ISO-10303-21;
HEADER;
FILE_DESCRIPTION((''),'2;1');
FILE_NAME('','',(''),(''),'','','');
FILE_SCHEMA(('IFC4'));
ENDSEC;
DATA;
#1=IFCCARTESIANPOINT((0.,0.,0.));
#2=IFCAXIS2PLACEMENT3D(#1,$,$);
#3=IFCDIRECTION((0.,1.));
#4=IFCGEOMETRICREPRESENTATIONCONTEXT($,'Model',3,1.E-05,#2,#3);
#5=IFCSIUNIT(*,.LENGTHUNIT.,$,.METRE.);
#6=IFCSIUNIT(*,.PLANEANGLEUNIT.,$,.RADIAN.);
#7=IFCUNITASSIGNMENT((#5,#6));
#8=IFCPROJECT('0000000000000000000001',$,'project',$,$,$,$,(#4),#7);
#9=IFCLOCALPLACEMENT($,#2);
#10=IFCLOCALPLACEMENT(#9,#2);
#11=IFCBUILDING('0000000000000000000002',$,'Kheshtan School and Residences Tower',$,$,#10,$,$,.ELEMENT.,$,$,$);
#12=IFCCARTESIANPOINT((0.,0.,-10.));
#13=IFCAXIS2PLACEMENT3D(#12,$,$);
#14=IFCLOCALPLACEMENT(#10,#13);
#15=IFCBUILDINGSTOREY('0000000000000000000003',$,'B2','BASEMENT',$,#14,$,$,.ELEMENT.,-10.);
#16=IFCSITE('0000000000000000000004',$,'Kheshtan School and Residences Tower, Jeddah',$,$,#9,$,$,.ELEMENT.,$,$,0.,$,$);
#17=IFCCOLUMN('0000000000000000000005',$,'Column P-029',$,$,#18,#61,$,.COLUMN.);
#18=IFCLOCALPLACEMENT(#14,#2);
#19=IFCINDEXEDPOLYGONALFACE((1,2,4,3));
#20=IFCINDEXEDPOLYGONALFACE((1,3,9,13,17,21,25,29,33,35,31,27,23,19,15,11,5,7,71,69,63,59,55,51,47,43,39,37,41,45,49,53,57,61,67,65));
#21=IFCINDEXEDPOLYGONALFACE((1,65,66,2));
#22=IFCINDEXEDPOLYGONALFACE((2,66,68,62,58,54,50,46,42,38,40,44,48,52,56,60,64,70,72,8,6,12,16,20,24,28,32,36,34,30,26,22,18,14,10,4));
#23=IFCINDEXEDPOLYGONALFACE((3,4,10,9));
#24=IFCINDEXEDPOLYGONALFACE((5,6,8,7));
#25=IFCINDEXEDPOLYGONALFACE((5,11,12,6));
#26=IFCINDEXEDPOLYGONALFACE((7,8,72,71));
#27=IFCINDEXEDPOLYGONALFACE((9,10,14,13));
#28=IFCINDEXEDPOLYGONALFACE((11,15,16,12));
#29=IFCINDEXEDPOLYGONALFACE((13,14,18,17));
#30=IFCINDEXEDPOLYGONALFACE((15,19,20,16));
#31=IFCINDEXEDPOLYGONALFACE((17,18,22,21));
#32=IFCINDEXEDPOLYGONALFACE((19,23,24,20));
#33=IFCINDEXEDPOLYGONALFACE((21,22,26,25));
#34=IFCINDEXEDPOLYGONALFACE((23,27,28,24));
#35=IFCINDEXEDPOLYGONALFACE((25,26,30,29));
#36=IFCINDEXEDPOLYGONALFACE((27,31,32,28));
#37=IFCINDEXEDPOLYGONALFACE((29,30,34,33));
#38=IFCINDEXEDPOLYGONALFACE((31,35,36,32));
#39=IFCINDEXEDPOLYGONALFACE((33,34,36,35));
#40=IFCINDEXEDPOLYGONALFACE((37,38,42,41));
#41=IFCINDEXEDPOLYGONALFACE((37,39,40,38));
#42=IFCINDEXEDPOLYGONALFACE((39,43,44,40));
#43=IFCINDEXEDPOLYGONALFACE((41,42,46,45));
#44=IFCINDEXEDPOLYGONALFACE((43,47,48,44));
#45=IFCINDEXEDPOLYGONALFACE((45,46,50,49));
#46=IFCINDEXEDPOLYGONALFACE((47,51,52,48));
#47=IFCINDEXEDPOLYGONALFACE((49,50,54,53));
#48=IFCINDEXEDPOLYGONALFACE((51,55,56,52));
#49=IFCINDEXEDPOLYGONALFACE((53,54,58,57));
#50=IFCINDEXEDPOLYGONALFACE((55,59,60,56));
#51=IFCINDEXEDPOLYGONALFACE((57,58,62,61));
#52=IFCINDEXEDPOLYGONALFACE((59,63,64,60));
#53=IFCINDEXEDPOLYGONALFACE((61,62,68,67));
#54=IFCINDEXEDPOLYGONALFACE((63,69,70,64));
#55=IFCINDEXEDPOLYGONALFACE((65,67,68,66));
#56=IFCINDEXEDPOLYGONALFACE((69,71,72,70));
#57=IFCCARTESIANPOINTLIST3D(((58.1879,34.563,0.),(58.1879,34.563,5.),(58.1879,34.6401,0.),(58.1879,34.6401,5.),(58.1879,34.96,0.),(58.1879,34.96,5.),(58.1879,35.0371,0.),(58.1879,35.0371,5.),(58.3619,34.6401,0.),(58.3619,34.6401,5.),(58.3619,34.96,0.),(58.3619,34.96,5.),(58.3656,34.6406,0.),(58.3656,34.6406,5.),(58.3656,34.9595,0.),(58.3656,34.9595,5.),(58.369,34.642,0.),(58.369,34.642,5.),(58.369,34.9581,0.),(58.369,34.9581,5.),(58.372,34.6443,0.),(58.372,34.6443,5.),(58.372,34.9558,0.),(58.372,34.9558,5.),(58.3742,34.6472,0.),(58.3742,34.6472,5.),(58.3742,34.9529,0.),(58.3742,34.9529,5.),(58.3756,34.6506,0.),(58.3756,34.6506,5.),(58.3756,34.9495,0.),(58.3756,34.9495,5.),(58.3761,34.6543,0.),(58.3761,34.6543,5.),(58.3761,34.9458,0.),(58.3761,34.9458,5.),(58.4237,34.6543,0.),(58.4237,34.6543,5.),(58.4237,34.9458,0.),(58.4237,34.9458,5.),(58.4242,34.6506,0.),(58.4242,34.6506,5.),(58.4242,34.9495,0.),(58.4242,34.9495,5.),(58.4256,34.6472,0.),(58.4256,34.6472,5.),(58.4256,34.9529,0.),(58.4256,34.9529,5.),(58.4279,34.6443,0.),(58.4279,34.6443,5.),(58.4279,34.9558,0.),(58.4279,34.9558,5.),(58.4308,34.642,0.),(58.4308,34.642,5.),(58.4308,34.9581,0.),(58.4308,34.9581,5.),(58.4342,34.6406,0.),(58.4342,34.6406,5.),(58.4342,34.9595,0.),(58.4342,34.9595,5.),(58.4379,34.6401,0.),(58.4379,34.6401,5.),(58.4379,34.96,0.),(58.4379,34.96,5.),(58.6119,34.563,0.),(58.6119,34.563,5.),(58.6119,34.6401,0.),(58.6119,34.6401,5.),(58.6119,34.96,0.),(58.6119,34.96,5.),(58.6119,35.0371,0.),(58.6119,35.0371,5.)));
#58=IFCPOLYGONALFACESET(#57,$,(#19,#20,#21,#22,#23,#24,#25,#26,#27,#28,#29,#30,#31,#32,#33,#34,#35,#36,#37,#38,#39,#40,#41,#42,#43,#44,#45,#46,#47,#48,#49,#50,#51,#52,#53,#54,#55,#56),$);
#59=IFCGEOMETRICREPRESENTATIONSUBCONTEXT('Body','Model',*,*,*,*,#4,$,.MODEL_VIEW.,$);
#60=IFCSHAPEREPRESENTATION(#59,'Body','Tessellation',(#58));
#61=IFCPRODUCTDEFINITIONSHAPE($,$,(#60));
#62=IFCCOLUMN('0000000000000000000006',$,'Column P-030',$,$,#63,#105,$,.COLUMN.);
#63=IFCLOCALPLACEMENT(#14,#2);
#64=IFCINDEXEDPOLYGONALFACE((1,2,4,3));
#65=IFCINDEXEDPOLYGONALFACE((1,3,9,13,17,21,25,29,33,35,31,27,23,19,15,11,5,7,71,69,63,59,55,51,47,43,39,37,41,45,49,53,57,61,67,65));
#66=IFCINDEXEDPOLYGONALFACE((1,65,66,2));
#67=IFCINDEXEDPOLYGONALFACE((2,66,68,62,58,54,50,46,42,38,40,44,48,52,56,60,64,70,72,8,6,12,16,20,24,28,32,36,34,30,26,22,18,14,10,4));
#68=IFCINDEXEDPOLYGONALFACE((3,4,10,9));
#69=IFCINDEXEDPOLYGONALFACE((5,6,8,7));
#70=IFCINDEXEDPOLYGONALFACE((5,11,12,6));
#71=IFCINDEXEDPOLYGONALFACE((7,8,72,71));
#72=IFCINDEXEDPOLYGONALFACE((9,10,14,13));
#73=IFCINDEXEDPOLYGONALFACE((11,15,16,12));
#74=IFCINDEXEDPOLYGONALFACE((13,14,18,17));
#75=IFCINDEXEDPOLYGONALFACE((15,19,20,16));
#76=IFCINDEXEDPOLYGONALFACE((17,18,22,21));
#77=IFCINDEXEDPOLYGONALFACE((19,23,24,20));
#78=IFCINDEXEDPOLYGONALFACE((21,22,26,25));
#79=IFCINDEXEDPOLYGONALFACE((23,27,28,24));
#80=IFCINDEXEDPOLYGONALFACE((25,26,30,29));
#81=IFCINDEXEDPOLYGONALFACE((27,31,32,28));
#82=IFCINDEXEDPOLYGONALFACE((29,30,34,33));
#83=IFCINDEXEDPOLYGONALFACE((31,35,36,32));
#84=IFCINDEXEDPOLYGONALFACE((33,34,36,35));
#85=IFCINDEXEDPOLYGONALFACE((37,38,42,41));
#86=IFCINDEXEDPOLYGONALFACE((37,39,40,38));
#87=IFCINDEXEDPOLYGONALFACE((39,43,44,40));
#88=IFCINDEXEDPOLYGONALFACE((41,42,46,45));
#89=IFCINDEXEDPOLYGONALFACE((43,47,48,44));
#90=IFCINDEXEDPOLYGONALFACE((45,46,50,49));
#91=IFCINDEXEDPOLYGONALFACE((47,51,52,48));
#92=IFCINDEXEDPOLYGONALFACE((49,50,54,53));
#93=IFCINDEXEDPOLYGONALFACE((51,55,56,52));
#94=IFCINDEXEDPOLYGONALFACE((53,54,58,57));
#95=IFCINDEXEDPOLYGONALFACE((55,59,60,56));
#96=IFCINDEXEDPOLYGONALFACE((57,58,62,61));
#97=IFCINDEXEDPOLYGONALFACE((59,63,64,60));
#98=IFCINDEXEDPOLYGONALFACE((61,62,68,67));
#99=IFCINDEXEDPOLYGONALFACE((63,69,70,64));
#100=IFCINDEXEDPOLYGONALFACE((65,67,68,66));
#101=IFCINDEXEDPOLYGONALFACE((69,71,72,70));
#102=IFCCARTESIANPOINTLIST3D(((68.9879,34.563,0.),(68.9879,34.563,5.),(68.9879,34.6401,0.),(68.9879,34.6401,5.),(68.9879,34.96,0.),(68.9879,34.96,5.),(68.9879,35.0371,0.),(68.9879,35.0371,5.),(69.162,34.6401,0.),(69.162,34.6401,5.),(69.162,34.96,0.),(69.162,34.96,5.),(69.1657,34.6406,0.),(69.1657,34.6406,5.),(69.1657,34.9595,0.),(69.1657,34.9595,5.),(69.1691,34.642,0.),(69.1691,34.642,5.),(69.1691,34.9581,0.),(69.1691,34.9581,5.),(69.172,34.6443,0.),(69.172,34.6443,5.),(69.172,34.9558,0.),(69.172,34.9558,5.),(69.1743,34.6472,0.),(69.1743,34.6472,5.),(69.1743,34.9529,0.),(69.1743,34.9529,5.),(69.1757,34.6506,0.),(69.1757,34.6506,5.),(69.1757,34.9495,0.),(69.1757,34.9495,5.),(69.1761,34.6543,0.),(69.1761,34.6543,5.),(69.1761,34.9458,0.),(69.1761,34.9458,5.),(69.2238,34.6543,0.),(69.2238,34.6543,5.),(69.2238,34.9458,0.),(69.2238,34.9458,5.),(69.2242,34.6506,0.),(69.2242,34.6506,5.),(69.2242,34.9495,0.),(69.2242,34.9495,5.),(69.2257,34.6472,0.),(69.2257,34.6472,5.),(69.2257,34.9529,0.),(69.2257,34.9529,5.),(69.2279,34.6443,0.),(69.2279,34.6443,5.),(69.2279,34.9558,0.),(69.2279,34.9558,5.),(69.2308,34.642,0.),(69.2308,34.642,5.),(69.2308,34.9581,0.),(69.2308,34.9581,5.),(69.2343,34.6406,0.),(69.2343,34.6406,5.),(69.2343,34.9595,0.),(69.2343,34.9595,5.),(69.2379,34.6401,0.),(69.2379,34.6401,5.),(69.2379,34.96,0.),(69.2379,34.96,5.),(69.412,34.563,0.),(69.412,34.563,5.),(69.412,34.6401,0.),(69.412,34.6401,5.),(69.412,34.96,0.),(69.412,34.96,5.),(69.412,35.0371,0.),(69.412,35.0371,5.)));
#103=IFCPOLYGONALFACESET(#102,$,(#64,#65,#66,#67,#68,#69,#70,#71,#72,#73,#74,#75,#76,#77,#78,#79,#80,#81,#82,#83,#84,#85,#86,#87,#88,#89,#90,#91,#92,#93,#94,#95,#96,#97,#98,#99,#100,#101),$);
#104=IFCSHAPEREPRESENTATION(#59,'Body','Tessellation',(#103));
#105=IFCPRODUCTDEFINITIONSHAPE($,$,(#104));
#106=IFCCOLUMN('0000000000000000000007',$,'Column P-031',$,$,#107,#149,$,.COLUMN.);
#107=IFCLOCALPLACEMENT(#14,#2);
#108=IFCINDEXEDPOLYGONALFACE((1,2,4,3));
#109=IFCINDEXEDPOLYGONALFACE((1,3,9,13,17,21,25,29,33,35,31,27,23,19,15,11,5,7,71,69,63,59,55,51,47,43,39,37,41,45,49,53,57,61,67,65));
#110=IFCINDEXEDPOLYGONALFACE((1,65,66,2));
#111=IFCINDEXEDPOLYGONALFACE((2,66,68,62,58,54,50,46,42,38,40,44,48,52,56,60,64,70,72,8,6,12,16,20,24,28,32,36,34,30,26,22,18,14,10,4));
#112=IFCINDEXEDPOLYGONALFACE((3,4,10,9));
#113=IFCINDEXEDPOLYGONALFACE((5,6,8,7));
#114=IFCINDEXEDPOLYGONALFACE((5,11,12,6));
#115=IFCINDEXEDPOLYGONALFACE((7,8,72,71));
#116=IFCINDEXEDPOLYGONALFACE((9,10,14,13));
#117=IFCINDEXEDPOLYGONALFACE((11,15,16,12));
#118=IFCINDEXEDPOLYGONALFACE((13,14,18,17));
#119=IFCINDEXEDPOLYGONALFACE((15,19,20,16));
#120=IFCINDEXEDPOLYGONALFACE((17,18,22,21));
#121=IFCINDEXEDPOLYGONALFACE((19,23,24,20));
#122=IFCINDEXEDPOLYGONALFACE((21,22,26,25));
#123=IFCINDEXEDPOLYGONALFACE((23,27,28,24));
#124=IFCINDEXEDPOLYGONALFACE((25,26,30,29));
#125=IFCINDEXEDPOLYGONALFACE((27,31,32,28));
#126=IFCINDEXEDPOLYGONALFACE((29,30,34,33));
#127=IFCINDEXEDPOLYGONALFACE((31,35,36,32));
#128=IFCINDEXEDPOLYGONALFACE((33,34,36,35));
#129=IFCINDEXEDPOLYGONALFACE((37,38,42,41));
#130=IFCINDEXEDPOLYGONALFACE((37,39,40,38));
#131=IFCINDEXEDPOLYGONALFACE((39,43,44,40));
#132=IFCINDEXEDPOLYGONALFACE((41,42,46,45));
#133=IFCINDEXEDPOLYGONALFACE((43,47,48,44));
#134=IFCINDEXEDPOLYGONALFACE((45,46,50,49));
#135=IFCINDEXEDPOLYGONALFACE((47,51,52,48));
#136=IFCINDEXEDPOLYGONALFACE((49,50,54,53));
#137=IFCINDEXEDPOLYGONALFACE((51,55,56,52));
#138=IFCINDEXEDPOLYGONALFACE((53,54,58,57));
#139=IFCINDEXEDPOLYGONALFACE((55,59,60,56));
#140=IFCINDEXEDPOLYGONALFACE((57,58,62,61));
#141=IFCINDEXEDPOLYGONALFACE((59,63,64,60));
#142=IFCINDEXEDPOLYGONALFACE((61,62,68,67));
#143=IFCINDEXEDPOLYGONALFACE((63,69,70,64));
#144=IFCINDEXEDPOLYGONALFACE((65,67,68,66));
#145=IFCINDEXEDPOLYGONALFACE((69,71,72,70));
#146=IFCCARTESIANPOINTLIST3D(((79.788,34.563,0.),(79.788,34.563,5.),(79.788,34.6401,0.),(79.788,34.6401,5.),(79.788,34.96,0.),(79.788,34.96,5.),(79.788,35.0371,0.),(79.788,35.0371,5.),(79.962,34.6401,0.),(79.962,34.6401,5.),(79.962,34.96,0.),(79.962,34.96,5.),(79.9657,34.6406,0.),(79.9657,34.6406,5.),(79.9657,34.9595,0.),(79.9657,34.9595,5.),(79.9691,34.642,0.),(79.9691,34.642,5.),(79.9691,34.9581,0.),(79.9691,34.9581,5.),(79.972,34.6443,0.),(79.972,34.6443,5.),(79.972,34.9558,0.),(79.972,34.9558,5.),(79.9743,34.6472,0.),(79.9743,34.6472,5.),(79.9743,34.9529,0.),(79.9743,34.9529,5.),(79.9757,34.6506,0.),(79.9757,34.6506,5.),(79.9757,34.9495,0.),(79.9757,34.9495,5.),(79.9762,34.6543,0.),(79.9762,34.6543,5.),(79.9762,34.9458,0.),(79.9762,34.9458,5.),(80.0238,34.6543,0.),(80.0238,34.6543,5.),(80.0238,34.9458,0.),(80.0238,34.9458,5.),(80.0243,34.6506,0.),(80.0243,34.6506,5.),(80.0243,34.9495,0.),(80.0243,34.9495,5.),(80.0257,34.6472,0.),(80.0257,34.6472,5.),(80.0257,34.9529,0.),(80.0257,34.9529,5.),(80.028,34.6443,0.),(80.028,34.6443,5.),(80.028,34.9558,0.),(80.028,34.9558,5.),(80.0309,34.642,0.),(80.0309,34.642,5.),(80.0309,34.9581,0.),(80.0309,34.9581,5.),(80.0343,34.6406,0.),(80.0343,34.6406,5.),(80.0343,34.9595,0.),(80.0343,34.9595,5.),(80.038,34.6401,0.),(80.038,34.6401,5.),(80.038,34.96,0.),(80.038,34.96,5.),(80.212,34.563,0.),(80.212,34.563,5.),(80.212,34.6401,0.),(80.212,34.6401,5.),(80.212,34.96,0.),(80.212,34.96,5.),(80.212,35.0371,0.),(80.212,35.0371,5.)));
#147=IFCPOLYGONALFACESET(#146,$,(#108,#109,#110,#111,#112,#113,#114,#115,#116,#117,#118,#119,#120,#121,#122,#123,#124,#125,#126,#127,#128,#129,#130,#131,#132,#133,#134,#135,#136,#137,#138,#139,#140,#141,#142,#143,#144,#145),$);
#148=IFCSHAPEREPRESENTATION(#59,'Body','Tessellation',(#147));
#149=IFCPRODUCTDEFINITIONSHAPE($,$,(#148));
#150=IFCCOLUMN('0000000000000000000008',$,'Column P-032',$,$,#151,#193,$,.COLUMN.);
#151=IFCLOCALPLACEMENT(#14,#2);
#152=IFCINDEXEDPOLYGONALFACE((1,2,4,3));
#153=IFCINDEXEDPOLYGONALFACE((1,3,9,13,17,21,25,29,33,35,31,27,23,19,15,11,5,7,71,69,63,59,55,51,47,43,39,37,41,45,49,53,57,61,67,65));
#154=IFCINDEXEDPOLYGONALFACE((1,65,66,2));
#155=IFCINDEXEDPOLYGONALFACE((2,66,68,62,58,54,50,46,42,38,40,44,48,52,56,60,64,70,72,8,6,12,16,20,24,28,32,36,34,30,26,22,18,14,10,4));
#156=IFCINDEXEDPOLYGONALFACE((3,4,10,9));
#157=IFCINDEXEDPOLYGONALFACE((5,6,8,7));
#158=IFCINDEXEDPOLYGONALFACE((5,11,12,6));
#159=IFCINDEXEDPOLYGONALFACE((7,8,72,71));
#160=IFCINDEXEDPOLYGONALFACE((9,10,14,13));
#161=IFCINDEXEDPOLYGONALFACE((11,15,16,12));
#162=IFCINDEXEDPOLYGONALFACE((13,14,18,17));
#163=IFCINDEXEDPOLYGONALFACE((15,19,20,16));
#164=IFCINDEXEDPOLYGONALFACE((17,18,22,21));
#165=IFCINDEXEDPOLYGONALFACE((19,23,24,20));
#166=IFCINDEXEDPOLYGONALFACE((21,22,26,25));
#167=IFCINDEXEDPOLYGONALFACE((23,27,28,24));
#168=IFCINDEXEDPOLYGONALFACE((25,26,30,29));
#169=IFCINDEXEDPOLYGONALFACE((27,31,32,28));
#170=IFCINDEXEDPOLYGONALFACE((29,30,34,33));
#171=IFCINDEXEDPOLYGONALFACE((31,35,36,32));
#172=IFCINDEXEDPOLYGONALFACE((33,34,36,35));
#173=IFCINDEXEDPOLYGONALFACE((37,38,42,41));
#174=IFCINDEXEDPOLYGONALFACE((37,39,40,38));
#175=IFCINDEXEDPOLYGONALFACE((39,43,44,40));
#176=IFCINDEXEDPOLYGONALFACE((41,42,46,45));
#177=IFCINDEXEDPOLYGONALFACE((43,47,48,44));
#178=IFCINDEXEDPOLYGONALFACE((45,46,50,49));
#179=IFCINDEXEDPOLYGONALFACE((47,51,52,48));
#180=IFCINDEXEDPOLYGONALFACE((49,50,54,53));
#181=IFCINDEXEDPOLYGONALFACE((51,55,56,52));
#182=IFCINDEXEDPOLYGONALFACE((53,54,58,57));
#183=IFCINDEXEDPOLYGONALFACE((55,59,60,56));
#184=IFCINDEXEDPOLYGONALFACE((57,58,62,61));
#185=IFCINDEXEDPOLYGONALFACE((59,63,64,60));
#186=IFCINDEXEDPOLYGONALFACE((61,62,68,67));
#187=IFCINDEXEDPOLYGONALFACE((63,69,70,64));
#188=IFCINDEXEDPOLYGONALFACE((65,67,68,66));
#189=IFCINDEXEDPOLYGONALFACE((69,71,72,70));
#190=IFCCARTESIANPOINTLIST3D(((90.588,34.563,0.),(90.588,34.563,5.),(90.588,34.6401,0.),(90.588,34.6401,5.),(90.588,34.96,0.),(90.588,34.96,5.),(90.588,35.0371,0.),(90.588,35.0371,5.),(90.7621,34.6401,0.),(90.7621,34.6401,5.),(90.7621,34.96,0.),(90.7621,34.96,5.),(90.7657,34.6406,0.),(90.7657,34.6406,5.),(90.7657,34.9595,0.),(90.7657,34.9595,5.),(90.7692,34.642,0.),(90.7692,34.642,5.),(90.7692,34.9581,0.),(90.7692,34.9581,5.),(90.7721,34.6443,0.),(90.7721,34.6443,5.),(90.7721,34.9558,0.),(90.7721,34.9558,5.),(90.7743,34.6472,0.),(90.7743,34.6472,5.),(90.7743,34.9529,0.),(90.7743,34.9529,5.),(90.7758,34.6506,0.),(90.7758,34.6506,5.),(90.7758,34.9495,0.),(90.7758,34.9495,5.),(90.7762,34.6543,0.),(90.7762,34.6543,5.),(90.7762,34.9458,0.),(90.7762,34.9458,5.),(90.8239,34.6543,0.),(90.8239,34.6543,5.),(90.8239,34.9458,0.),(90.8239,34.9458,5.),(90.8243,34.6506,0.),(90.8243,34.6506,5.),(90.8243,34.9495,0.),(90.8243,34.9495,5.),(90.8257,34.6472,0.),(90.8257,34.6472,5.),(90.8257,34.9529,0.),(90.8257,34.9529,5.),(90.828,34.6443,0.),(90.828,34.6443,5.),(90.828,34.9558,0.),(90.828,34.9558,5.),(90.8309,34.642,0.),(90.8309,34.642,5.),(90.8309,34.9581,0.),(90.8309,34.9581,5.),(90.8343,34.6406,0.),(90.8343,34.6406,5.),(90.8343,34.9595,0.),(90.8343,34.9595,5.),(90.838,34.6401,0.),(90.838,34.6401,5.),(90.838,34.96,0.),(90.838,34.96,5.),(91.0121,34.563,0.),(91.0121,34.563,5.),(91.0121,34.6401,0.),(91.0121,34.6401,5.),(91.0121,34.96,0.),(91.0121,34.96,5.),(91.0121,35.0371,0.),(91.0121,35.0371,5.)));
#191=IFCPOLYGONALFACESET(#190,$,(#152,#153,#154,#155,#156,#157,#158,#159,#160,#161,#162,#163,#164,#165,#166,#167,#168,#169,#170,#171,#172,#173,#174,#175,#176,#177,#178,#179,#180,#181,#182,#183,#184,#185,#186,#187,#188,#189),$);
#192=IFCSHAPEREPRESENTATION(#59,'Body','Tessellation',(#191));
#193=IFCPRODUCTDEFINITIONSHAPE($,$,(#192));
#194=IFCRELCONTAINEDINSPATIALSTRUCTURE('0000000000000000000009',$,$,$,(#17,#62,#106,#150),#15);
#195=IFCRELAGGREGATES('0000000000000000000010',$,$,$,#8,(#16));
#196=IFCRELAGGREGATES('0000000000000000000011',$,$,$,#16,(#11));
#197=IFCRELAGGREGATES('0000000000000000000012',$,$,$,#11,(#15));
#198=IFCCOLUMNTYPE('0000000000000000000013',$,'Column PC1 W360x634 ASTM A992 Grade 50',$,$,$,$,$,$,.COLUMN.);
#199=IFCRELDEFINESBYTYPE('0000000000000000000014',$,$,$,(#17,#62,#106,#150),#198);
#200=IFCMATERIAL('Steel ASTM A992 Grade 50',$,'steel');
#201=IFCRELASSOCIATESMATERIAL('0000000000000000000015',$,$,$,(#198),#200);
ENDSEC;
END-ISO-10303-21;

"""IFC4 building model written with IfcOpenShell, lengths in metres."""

from ifc_helpers import new_model, si_unit, direction, frame, origin, origin_2d, place, context, subcontext, project, spatial, i_section, extrude, material, material_profile, profile_set, type_object, element, save


model = new_model("IFC4")

# Units and contexts
model_context = context("Model", 3, precision=1e-05, world=origin(), true_north=direction((0.0, 1.0)))
body_context = subcontext(model_context, "Body", "Model", "MODEL_VIEW")
ifc_project = project(units=[si_unit("LENGTHUNIT", "METRE"), si_unit("PLANEANGLEUNIT", "RADIAN")], contexts=[model_context])

# Site, building, storey
site_placement = place(None, origin())
site = spatial("IfcSite", under=ifc_project, at=site_placement, Name="Kheshtan School and Residences Tower, Jeddah", CompositionType="ELEMENT", RefElevation=0.0)
building_placement = place(site_placement, origin())
building = spatial("IfcBuilding", under=site, at=building_placement, Name="Kheshtan School and Residences Tower", CompositionType="ELEMENT")
storey_placement = place(building_placement, frame((0.0, 0.0, -10.0)))
storey = spatial("IfcBuildingStorey", under=building, at=storey_placement, Name="B2", Description="BASEMENT", CompositionType="ELEMENT", Elevation=-10.0)

# Columns
ifc_material = material(Name="Steel ASTM A992 Grade 50", Category="steel")
ifc_material_profile = material_profile(ifc_material, i_section(OverallWidth=0.4241, OverallDepth=0.4741, WebThickness=0.0476, FlangeThickness=0.0771, FilletRadius=0.0142, at=origin_2d()), Name="W360x634")
ifc_profile_set = profile_set([ifc_material_profile], Name="Steel ASTM A992 Grade 50")
column_type = type_object("IfcColumnType", Name="Column PC1 W360x634 ASTM A992 Grade 50", PredefinedType="COLUMN", material=ifc_profile_set)
for number, where, z_axis, x_axis, name in (
    (1, (58.3999, 34.8, 0.0), (0.0, 0.0, 1.0), (1.0, 0.0, 0.0), "Column P-029"),
    (2, (69.2, 34.8, 0.0), (0.0, 0.0, 1.0), (1.0, 0.0, 0.0), "Column P-030"),
    (3, (80.0, 34.8, 0.0), (0.0, 0.0, 1.0), (1.0, 0.0, 0.0), "Column P-031"),
    (4, (90.8, 34.8, 0.0), (0.0, 0.0, 1.0), (1.0, 0.0, 0.0), "Column P-032"),
):
    element("IfcColumn", number, at=place(storey_placement, frame(where, z_axis=z_axis, x_axis=x_axis)), inside=storey, type_object=column_type, Name=name, PredefinedType="COLUMN", context=body_context, shape_type="SweptSolid", body=[
        extrude(i_section(OverallWidth=0.4241, OverallDepth=0.4741, WebThickness=0.0476, FlangeThickness=0.0771, FilletRadius=0.0142, at=origin_2d()), origin(), (0.0, 0.0, 1.0), 5.0),
    ])

save(model, "model.ifc")
